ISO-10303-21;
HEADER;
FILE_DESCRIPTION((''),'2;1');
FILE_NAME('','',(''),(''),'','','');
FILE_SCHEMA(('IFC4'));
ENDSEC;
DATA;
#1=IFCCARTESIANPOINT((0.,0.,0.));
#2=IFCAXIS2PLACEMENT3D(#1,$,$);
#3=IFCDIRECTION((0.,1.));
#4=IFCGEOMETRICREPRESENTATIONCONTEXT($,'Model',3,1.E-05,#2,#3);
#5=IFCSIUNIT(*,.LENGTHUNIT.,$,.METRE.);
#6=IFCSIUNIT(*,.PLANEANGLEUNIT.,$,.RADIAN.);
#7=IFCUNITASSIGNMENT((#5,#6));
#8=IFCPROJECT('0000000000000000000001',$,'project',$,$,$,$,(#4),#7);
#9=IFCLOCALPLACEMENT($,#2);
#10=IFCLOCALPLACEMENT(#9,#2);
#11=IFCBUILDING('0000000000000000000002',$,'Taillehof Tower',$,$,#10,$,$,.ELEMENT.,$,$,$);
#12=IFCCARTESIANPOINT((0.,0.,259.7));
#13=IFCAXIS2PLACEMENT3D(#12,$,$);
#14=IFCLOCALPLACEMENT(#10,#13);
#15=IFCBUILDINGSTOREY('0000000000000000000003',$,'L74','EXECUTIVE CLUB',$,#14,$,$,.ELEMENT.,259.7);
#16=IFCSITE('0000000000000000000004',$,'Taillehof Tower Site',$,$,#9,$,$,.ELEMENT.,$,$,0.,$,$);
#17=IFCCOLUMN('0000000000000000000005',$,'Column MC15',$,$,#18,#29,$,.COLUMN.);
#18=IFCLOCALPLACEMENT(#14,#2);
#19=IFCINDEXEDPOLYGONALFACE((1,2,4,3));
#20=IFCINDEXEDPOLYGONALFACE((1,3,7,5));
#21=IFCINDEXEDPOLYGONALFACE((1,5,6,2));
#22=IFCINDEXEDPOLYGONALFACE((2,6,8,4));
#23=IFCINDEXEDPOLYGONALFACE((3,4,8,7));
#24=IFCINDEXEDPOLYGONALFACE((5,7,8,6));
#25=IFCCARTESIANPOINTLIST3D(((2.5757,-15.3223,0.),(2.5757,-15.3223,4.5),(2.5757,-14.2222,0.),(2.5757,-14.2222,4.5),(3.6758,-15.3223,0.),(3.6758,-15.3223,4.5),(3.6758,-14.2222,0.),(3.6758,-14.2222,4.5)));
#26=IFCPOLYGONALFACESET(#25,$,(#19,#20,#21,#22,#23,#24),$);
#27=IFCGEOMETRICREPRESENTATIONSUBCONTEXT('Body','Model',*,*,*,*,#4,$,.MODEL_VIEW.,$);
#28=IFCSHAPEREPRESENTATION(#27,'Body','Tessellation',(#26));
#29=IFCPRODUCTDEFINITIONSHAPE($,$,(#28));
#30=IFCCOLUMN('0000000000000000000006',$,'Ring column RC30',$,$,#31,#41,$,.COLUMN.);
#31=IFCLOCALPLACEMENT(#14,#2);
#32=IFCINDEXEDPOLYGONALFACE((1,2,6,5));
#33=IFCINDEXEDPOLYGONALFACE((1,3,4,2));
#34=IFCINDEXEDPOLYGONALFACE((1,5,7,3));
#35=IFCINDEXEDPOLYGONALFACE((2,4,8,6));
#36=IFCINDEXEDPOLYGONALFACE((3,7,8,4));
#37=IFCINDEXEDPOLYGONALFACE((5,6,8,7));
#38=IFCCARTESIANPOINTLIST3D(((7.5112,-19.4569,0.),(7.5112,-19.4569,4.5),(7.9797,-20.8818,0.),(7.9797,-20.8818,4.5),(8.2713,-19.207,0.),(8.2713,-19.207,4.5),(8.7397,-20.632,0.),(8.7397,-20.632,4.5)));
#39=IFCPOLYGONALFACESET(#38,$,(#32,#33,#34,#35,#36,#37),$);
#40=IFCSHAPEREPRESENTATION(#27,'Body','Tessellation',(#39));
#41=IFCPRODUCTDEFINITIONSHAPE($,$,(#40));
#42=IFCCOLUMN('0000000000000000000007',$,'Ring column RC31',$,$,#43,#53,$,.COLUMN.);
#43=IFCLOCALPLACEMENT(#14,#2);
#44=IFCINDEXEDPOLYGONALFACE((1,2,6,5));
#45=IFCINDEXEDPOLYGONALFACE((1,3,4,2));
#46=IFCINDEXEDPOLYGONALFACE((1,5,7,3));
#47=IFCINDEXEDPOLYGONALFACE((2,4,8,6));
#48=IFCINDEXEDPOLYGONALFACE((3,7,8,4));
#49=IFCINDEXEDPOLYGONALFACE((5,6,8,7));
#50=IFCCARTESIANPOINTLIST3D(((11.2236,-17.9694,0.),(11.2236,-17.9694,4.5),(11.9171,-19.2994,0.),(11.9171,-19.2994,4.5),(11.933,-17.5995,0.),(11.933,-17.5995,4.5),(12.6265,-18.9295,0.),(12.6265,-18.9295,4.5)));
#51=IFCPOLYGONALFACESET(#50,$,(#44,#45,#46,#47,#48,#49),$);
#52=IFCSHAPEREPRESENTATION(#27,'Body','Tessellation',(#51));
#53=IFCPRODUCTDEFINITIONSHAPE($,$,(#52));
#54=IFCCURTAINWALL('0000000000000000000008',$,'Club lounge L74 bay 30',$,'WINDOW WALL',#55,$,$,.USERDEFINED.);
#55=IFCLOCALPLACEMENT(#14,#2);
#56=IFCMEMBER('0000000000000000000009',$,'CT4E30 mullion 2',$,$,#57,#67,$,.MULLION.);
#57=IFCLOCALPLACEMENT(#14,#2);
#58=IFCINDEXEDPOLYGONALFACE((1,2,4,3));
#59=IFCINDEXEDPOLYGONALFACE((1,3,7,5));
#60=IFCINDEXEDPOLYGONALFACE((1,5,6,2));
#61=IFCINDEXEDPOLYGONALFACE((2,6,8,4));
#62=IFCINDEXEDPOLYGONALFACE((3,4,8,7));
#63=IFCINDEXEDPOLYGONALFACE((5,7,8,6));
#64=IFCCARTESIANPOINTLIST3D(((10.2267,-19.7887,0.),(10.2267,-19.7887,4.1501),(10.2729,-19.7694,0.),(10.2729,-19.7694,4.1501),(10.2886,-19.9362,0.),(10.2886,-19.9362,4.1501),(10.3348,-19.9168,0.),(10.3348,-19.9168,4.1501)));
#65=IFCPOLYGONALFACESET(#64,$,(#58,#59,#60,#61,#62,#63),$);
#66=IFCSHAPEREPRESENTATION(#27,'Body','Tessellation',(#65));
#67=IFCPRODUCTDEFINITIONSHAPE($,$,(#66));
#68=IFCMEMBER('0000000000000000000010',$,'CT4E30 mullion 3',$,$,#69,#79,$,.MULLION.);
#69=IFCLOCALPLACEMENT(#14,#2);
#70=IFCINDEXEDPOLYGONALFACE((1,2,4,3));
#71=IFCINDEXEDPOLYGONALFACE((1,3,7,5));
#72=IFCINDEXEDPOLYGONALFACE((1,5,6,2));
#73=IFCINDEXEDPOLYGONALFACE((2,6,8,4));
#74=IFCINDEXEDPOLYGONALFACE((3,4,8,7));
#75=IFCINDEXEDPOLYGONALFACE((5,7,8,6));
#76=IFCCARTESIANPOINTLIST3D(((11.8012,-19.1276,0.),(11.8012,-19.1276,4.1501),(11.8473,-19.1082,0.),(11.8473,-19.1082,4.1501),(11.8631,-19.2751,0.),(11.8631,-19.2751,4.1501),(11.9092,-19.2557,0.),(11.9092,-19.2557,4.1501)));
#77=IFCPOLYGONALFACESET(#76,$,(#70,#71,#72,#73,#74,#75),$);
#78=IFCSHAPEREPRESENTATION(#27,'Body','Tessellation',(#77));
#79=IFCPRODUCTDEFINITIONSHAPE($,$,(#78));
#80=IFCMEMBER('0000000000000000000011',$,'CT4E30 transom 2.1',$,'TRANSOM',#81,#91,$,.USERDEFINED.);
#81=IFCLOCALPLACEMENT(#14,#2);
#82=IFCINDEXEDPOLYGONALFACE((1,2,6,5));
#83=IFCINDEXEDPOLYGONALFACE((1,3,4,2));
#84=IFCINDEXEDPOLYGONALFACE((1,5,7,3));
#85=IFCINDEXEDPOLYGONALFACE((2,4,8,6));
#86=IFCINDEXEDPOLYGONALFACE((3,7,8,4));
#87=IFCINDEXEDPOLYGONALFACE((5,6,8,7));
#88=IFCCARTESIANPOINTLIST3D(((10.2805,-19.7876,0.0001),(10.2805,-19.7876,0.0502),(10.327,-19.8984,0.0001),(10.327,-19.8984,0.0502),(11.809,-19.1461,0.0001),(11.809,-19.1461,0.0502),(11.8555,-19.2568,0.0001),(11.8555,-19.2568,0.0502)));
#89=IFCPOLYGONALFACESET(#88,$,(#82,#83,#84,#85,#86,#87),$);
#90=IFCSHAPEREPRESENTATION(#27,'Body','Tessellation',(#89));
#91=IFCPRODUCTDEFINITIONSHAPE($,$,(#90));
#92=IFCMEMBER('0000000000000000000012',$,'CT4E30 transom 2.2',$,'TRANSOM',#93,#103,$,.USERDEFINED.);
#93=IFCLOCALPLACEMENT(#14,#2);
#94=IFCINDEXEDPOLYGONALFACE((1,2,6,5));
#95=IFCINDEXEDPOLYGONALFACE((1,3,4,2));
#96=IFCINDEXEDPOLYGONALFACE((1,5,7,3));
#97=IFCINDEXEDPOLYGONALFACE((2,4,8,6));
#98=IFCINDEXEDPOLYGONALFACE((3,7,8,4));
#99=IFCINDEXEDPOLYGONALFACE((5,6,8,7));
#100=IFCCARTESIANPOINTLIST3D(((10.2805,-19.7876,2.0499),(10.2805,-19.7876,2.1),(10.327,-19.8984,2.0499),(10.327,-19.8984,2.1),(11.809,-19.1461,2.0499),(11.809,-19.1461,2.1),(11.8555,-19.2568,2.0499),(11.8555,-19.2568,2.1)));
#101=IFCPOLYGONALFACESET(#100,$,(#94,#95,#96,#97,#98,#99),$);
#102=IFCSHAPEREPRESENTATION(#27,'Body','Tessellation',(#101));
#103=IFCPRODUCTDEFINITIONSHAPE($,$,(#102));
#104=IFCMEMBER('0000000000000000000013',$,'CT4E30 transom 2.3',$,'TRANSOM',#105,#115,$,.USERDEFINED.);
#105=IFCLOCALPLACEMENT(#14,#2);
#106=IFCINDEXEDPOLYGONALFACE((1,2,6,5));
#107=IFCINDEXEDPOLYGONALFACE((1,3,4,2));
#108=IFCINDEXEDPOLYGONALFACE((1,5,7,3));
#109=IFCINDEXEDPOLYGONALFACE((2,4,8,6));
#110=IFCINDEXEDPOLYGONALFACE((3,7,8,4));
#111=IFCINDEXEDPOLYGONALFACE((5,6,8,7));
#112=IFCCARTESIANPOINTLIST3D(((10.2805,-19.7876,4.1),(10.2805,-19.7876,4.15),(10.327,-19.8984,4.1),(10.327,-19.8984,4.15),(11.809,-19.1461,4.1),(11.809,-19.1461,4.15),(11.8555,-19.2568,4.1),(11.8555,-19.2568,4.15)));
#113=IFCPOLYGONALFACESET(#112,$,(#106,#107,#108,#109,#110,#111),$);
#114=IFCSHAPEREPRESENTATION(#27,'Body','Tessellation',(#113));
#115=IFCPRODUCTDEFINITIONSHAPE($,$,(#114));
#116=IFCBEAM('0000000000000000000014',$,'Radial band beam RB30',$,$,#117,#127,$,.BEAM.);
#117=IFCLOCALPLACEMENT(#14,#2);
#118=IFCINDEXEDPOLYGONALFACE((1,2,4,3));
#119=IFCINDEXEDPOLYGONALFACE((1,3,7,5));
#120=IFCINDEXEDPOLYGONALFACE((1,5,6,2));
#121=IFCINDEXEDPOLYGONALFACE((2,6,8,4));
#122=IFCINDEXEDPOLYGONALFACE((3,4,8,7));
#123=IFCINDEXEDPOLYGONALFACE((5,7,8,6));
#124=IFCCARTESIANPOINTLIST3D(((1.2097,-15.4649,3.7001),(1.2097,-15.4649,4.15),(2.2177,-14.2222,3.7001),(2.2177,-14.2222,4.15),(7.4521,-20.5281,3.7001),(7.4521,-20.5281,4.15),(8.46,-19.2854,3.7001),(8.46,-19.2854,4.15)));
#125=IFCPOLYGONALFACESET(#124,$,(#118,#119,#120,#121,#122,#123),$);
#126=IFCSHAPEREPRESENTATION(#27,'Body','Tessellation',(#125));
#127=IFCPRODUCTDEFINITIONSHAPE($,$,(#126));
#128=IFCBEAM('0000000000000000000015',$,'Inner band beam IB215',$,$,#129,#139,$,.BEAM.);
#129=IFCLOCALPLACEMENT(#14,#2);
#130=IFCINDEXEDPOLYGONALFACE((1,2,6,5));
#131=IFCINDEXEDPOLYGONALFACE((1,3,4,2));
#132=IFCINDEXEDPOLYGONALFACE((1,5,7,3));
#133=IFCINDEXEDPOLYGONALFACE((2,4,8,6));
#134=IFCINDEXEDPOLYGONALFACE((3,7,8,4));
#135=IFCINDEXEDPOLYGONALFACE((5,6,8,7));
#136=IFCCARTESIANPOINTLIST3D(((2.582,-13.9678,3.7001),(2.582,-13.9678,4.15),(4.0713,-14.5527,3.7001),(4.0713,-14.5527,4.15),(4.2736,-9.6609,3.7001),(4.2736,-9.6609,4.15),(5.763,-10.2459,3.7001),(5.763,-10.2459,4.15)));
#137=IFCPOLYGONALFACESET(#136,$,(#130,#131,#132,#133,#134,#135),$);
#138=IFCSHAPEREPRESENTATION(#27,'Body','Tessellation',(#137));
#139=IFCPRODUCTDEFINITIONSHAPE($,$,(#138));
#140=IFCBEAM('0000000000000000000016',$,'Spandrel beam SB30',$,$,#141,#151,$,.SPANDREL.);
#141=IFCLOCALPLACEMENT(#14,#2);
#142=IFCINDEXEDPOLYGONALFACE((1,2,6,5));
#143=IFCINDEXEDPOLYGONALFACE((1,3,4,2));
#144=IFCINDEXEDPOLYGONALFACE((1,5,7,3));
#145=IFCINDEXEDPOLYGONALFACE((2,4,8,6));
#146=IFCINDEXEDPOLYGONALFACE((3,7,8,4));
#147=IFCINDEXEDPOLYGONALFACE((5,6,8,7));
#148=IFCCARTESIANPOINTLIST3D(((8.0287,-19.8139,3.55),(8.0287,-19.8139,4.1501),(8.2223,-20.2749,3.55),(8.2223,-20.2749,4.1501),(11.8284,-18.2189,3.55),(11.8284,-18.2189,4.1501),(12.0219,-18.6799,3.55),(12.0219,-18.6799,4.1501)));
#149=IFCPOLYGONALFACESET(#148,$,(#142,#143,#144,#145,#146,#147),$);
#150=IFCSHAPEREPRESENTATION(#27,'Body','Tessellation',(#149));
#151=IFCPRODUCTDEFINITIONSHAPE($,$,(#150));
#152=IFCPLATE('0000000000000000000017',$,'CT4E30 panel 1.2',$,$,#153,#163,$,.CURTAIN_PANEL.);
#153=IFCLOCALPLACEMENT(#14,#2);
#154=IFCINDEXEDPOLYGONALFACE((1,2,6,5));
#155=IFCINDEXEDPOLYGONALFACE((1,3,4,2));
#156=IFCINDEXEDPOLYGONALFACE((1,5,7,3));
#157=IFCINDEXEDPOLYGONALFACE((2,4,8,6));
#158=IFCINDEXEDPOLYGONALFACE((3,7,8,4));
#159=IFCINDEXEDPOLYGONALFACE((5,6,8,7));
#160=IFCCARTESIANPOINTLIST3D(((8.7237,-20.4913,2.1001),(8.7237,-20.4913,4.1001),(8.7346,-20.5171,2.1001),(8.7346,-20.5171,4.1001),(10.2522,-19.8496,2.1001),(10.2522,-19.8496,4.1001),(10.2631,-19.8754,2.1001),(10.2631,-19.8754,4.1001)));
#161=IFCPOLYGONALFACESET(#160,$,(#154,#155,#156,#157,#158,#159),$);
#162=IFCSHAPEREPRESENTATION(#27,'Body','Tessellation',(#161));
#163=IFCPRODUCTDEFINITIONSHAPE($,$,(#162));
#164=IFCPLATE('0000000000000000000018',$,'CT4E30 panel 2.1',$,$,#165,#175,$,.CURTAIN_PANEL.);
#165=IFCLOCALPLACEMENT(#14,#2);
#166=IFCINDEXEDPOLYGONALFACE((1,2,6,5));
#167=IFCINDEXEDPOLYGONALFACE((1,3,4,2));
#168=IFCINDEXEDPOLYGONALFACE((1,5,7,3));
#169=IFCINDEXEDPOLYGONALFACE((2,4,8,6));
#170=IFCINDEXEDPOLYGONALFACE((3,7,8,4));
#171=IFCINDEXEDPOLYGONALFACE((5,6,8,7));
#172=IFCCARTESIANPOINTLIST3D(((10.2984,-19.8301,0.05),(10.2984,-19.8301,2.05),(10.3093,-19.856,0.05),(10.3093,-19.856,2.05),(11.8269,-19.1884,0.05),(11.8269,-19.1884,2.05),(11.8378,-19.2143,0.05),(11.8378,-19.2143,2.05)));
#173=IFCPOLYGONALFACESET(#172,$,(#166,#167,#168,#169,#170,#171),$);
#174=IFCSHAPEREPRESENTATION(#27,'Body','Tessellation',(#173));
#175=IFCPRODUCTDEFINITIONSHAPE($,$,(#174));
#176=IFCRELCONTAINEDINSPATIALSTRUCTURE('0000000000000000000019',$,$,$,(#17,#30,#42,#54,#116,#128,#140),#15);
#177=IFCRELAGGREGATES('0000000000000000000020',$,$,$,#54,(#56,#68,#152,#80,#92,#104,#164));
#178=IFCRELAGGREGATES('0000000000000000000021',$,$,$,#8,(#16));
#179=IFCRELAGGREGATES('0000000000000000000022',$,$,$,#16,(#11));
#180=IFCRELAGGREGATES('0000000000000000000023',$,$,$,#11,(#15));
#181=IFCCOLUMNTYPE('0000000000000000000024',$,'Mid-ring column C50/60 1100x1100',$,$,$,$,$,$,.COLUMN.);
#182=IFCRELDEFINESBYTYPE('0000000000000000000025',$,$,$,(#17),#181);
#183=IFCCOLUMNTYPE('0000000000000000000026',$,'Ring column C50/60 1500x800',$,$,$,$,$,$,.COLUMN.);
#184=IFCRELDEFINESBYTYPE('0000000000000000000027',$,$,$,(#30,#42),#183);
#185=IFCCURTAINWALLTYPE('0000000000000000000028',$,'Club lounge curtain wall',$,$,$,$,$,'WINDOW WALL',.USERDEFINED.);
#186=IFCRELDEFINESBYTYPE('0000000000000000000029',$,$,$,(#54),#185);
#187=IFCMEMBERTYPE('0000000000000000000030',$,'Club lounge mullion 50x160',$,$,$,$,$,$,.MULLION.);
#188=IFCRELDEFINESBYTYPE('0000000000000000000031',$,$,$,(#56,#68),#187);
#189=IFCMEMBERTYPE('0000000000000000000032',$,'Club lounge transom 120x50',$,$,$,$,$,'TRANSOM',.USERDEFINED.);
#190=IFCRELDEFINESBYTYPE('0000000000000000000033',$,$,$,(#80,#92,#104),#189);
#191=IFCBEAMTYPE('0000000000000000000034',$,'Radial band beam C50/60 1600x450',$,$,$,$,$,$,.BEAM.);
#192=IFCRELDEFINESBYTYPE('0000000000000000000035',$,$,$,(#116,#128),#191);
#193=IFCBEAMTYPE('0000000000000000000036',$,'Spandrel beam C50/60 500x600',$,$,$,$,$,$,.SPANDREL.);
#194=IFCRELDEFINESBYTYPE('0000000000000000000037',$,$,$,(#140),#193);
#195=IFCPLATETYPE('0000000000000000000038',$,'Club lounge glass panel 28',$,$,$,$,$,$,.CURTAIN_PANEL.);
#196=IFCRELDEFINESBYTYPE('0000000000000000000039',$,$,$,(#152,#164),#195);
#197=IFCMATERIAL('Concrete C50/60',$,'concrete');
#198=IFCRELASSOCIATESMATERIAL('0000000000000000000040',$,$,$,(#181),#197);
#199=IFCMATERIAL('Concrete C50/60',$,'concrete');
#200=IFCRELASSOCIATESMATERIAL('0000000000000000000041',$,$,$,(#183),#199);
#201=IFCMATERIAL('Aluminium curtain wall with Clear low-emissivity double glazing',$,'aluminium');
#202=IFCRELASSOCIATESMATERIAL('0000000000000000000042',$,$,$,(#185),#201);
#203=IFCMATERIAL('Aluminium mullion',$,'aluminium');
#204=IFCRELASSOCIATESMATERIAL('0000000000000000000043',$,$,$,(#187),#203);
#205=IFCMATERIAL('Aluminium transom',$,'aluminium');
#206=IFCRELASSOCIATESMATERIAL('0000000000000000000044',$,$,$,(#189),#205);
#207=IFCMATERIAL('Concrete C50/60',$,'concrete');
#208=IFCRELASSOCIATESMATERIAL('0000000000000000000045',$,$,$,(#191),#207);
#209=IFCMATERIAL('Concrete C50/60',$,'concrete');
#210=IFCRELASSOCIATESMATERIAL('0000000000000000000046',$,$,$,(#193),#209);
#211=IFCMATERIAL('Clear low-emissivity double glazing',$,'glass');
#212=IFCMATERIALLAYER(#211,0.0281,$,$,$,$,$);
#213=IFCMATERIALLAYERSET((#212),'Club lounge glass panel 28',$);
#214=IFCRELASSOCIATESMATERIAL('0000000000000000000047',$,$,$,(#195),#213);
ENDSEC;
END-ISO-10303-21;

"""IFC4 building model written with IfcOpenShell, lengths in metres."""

from ifc_helpers import new_model, si_unit, direction, frame, origin, origin_2d, place, context, subcontext, project, spatial, rectangle, extrude, material, layer, layer_set, material_profile, profile_set, type_object, element, aggregate, save


model = new_model("IFC4")

# Units and contexts
model_context = context("Model", 3, precision=1e-05, world=origin(), true_north=direction((0.0, 1.0)))
body_context = subcontext(model_context, "Body", "Model", "MODEL_VIEW")
ifc_project = project(units=[si_unit("LENGTHUNIT", "METRE"), si_unit("PLANEANGLEUNIT", "RADIAN")], contexts=[model_context])

# Site, building, storey
site_placement = place(None, origin())
site = spatial("IfcSite", under=ifc_project, at=site_placement, Name="Taillehof Tower Site", CompositionType="ELEMENT", RefElevation=0.0)
building_placement = place(site_placement, origin())
building = spatial("IfcBuilding", under=site, at=building_placement, Name="Taillehof Tower", CompositionType="ELEMENT")
storey_placement = place(building_placement, frame((0.0, 0.0, 259.7)))
storey = spatial("IfcBuildingStorey", under=building, at=storey_placement, Name="L74", Description="EXECUTIVE CLUB", CompositionType="ELEMENT", Elevation=259.7)

# Columns
ifc_material_1 = material(Name="Concrete C50/60", Category="concrete")
ifc_material_profile_1 = material_profile(ifc_material_1, rectangle(XDim=1.1001, YDim=1.1001, at=origin_2d()), Name="RC 1100x1100")
ifc_profile_set_1 = profile_set([ifc_material_profile_1], Name="Concrete C50/60")
column_type_1 = type_object("IfcColumnType", Name="Mid-ring column C50/60 1100x1100", PredefinedType="COLUMN", material=ifc_profile_set_1)
column_placement = place(storey_placement, frame((3.1257, -14.7722, 0.0), z_axis=(0.0, 0.0, 1.0), x_axis=(1.0, 0.0, 0.0)))
element("IfcColumn", 1, at=column_placement, inside=storey, type_object=column_type_1, Name="Column MC15", PredefinedType="COLUMN", context=body_context, shape_type="SweptSolid", body=[
    extrude(rectangle(XDim=1.1001, YDim=1.1001, at=origin_2d()), origin(), (0.0, 0.0, 1.0), 4.5),
])
ifc_material_2 = material(Name="Concrete C50/60", Category="concrete")
ifc_material_profile_2 = material_profile(ifc_material_2, rectangle(XDim=1.5, YDim=0.8, at=origin_2d()), Name="RC 1500x800")
ifc_profile_set_2 = profile_set([ifc_material_profile_2], Name="Concrete C50/60")
column_type_2 = type_object("IfcColumnType", Name="Ring column C50/60 1500x800", PredefinedType="COLUMN", material=ifc_profile_set_2)
for number, where, z_axis, x_axis, name in (
    (2, (8.1255, -20.0444, 0.0), (0.0, 0.0, 1.0), (0.312304, -0.949982, 0.0), "Ring column RC30"),
    (3, (11.925, -18.4495, 0.0), (0.0, 0.0, 1.0), (0.462384, -0.88668, 0.0), "Ring column RC31"),
):
    element("IfcColumn", number, at=place(storey_placement, frame(where, z_axis=z_axis, x_axis=x_axis)), inside=storey, type_object=column_type_2, Name=name, PredefinedType="COLUMN", context=body_context, shape_type="SweptSolid", body=[
        extrude(rectangle(XDim=1.5, YDim=0.8, at=origin_2d()), origin(), (0.0, 0.0, 1.0), 4.5),
    ])

# Curtain wall, members
ifc_material_3 = material(Name="Aluminium curtain wall with Clear low-emissivity double glazing", Category="aluminium")
curtain_wall_type = type_object("IfcCurtainWallType", Name="Club lounge curtain wall", ElementType="WINDOW WALL", PredefinedType="USERDEFINED", material=ifc_material_3)
curtain_wall_placement = place(storey_placement, origin())
curtain_wall = element("IfcCurtainWall", 4, at=curtain_wall_placement, inside=storey, type_object=curtain_wall_type, Name="Club lounge L74 bay 30", ObjectType="WINDOW WALL", PredefinedType="USERDEFINED")
ifc_material_4 = material(Name="Aluminium mullion", Category="aluminium")
ifc_material_profile_3 = material_profile(ifc_material_4, rectangle(XDim=0.1599, YDim=0.05, at=origin_2d()), Name="AL 50x160")
ifc_profile_set_3 = profile_set([ifc_material_profile_3], Name="Aluminium mullion")
member_type_1 = type_object("IfcMemberType", Name="Club lounge mullion 50x160", PredefinedType="MULLION", material=ifc_profile_set_3)
member_1_placement = place(storey_placement, frame((10.2808, -19.8528, 0.0), z_axis=(0.0, 0.0, 1.0), x_axis=(-0.387101, 0.922037, 0.0)))
member_1 = element("IfcMember", 5, at=member_1_placement, type_object=member_type_1, Name="CT4E30 mullion 2", PredefinedType="MULLION", context=body_context, shape_type="SweptSolid", body=[
    extrude(rectangle(XDim=0.1599, YDim=0.05, at=origin_2d()), origin(), (0.0, 0.0, 1.0), 4.1501),
])
member_2_placement = place(storey_placement, frame((11.8552, -19.1917, 0.0), z_axis=(0.0, 0.0, 1.0), x_axis=(-0.387101, 0.922037, 0.0)))
member_2 = element("IfcMember", 6, at=member_2_placement, type_object=member_type_1, Name="CT4E30 mullion 3", PredefinedType="MULLION", context=body_context, shape_type="SweptSolid", body=[
    extrude(rectangle(XDim=0.1599, YDim=0.05, at=origin_2d()), origin(), (0.0, 0.0, 1.0), 4.1501),
])
ifc_material_5 = material(Name="Aluminium transom", Category="aluminium")
ifc_material_profile_4 = material_profile(ifc_material_5, rectangle(XDim=0.1201, YDim=0.05, at=origin_2d()), Name="AL 120x50")
ifc_profile_set_4 = profile_set([ifc_material_profile_4], Name="Aluminium transom")
member_type_2 = type_object("IfcMemberType", Name="Club lounge transom 120x50", ElementType="TRANSOM", PredefinedType="USERDEFINED", material=ifc_profile_set_4)
member_3_placement = place(storey_placement, frame((10.3037, -19.843, 0.0251), z_axis=(0.922067, 0.38703, 0.0), x_axis=(-0.38703, 0.922067, 0.0)))
member_3 = element("IfcMember", 7, at=member_3_placement, type_object=member_type_2, Name="CT4E30 transom 2.1", ObjectType="TRANSOM", PredefinedType="USERDEFINED", context=body_context, shape_type="SweptSolid", body=[
    extrude(rectangle(XDim=0.1201, YDim=0.05, at=origin_2d()), origin(), (0.0, 0.0, 1.0), 1.6577),
])
member_4_placement = place(storey_placement, frame((10.3037, -19.843, 2.075), z_axis=(0.922067, 0.38703, 0.0), x_axis=(-0.38703, 0.922067, 0.0)))
member_4 = element("IfcMember", 8, at=member_4_placement, type_object=member_type_2, Name="CT4E30 transom 2.2", ObjectType="TRANSOM", PredefinedType="USERDEFINED", context=body_context, shape_type="SweptSolid", body=[
    extrude(rectangle(XDim=0.1201, YDim=0.05, at=origin_2d()), origin(), (0.0, 0.0, 1.0), 1.6577),
])
member_5_placement = place(storey_placement, frame((10.3037, -19.843, 4.125), z_axis=(0.922067, 0.38703, 0.0), x_axis=(-0.38703, 0.922067, 0.0)))
member_5 = element("IfcMember", 9, at=member_5_placement, type_object=member_type_2, Name="CT4E30 transom 2.3", ObjectType="TRANSOM", PredefinedType="USERDEFINED", context=body_context, shape_type="SweptSolid", body=[
    extrude(rectangle(XDim=0.1201, YDim=0.05, at=origin_2d()), origin(), (0.0, 0.0, 1.0), 1.6577),
])

# Beams
ifc_material_6 = material(Name="Concrete C50/60", Category="concrete")
ifc_material_profile_5 = material_profile(ifc_material_6, rectangle(XDim=1.6001, YDim=0.45, at=origin_2d()), Name="RC 1600x450")
ifc_profile_set_5 = profile_set([ifc_material_profile_5], Name="Concrete C50/60")
beam_type_1 = type_object("IfcBeamType", Name="Radial band beam C50/60 1600x450", PredefinedType="BEAM", material=ifc_profile_set_5)
beam_1_placement = place(storey_placement, frame((7.9561, -19.9067, 3.925), z_axis=(-0.776646, 0.629937, 0.0), x_axis=(-0.629937, -0.776646, 0.0)))
element("IfcBeam", 10, at=beam_1_placement, inside=storey, type_object=beam_type_1, Name="Radial band beam RB30", PredefinedType="BEAM", context=body_context, shape_type="SweptSolid", body=[
    extrude(rectangle(XDim=1.6001, YDim=0.45, at=origin_2d()), origin(), (0.0, 0.0, 1.0), 8.0376),
])
beam_2_placement = place(storey_placement, frame((3.3267, -14.2603, 3.925), z_axis=(0.365589, 0.930777, 0.0), x_axis=(-0.930777, 0.365589, 0.0)))
element("IfcBeam", 11, at=beam_2_placement, inside=storey, type_object=beam_type_1, Name="Inner band beam IB215", PredefinedType="BEAM", context=body_context, shape_type="SweptSolid", body=[
    extrude(rectangle(XDim=1.6001, YDim=0.45, at=origin_2d()), origin(), (0.0, 0.0, 1.0), 4.6272),
])
ifc_material_7 = material(Name="Concrete C50/60", Category="concrete")
ifc_material_profile_6 = material_profile(ifc_material_7, rectangle(XDim=0.5, YDim=0.6001, at=origin_2d()), Name="RC 500x600")
ifc_profile_set_6 = profile_set([ifc_material_profile_6], Name="Concrete C50/60")
beam_type_2 = type_object("IfcBeamType", Name="Spandrel beam C50/60 500x600", PredefinedType="SPANDREL", material=ifc_profile_set_6)
beam_3_placement = place(storey_placement, frame((8.1255, -20.0444, 3.8501), z_axis=(0.922055, 0.387058, 0.0), x_axis=(-0.387058, 0.922055, 0.0)))
element("IfcBeam", 12, at=beam_3_placement, inside=storey, type_object=beam_type_2, Name="Spandrel beam SB30", PredefinedType="SPANDREL", context=body_context, shape_type="SweptSolid", body=[
    extrude(rectangle(XDim=0.5, YDim=0.6001, at=origin_2d()), origin(), (0.0, 0.0, 1.0), 4.1208),
])

# Plates
ifc_material_8 = material(Name="Clear low-emissivity double glazing", Category="glass")
ifc_layer_1 = layer(ifc_material_8, 0.0281)
ifc_layer_set_1 = layer_set([ifc_layer_1], Name="Club lounge glass panel 28")
plate_type = type_object("IfcPlateType", Name="Club lounge glass panel 28", PredefinedType="CURTAIN_PANEL", material=ifc_layer_set_1)
plate_1_placement = place(storey_placement, frame((9.4934, -20.1833, 2.1001), z_axis=(0.0, 0.0, 1.0), x_axis=(0.922037, 0.387101, 0.0)))
plate_1 = element("IfcPlate", 13, at=plate_1_placement, type_object=plate_type, Name="CT4E30 panel 1.2", PredefinedType="CURTAIN_PANEL", context=body_context, shape_type="SweptSolid", body=[
    extrude(rectangle(XDim=1.6577, YDim=0.0281, at=origin_2d()), origin(), (0.0, 0.0, 1.0), 2.0),
])
plate_2_placement = place(storey_placement, frame((11.0681, -19.5222, 0.05), z_axis=(0.0, 0.0, 1.0), x_axis=(0.922037, 0.387101, 0.0)))
plate_2 = element("IfcPlate", 14, at=plate_2_placement, type_object=plate_type, Name="CT4E30 panel 2.1", PredefinedType="CURTAIN_PANEL", context=body_context, shape_type="SweptSolid", body=[
    extrude(rectangle(XDim=1.6577, YDim=0.0281, at=origin_2d()), origin(), (0.0, 0.0, 1.0), 2.0),
])
aggregate(curtain_wall, [member_1, member_2, plate_1, member_3, member_4, member_5, plate_2])

save(model, "model.ifc")
